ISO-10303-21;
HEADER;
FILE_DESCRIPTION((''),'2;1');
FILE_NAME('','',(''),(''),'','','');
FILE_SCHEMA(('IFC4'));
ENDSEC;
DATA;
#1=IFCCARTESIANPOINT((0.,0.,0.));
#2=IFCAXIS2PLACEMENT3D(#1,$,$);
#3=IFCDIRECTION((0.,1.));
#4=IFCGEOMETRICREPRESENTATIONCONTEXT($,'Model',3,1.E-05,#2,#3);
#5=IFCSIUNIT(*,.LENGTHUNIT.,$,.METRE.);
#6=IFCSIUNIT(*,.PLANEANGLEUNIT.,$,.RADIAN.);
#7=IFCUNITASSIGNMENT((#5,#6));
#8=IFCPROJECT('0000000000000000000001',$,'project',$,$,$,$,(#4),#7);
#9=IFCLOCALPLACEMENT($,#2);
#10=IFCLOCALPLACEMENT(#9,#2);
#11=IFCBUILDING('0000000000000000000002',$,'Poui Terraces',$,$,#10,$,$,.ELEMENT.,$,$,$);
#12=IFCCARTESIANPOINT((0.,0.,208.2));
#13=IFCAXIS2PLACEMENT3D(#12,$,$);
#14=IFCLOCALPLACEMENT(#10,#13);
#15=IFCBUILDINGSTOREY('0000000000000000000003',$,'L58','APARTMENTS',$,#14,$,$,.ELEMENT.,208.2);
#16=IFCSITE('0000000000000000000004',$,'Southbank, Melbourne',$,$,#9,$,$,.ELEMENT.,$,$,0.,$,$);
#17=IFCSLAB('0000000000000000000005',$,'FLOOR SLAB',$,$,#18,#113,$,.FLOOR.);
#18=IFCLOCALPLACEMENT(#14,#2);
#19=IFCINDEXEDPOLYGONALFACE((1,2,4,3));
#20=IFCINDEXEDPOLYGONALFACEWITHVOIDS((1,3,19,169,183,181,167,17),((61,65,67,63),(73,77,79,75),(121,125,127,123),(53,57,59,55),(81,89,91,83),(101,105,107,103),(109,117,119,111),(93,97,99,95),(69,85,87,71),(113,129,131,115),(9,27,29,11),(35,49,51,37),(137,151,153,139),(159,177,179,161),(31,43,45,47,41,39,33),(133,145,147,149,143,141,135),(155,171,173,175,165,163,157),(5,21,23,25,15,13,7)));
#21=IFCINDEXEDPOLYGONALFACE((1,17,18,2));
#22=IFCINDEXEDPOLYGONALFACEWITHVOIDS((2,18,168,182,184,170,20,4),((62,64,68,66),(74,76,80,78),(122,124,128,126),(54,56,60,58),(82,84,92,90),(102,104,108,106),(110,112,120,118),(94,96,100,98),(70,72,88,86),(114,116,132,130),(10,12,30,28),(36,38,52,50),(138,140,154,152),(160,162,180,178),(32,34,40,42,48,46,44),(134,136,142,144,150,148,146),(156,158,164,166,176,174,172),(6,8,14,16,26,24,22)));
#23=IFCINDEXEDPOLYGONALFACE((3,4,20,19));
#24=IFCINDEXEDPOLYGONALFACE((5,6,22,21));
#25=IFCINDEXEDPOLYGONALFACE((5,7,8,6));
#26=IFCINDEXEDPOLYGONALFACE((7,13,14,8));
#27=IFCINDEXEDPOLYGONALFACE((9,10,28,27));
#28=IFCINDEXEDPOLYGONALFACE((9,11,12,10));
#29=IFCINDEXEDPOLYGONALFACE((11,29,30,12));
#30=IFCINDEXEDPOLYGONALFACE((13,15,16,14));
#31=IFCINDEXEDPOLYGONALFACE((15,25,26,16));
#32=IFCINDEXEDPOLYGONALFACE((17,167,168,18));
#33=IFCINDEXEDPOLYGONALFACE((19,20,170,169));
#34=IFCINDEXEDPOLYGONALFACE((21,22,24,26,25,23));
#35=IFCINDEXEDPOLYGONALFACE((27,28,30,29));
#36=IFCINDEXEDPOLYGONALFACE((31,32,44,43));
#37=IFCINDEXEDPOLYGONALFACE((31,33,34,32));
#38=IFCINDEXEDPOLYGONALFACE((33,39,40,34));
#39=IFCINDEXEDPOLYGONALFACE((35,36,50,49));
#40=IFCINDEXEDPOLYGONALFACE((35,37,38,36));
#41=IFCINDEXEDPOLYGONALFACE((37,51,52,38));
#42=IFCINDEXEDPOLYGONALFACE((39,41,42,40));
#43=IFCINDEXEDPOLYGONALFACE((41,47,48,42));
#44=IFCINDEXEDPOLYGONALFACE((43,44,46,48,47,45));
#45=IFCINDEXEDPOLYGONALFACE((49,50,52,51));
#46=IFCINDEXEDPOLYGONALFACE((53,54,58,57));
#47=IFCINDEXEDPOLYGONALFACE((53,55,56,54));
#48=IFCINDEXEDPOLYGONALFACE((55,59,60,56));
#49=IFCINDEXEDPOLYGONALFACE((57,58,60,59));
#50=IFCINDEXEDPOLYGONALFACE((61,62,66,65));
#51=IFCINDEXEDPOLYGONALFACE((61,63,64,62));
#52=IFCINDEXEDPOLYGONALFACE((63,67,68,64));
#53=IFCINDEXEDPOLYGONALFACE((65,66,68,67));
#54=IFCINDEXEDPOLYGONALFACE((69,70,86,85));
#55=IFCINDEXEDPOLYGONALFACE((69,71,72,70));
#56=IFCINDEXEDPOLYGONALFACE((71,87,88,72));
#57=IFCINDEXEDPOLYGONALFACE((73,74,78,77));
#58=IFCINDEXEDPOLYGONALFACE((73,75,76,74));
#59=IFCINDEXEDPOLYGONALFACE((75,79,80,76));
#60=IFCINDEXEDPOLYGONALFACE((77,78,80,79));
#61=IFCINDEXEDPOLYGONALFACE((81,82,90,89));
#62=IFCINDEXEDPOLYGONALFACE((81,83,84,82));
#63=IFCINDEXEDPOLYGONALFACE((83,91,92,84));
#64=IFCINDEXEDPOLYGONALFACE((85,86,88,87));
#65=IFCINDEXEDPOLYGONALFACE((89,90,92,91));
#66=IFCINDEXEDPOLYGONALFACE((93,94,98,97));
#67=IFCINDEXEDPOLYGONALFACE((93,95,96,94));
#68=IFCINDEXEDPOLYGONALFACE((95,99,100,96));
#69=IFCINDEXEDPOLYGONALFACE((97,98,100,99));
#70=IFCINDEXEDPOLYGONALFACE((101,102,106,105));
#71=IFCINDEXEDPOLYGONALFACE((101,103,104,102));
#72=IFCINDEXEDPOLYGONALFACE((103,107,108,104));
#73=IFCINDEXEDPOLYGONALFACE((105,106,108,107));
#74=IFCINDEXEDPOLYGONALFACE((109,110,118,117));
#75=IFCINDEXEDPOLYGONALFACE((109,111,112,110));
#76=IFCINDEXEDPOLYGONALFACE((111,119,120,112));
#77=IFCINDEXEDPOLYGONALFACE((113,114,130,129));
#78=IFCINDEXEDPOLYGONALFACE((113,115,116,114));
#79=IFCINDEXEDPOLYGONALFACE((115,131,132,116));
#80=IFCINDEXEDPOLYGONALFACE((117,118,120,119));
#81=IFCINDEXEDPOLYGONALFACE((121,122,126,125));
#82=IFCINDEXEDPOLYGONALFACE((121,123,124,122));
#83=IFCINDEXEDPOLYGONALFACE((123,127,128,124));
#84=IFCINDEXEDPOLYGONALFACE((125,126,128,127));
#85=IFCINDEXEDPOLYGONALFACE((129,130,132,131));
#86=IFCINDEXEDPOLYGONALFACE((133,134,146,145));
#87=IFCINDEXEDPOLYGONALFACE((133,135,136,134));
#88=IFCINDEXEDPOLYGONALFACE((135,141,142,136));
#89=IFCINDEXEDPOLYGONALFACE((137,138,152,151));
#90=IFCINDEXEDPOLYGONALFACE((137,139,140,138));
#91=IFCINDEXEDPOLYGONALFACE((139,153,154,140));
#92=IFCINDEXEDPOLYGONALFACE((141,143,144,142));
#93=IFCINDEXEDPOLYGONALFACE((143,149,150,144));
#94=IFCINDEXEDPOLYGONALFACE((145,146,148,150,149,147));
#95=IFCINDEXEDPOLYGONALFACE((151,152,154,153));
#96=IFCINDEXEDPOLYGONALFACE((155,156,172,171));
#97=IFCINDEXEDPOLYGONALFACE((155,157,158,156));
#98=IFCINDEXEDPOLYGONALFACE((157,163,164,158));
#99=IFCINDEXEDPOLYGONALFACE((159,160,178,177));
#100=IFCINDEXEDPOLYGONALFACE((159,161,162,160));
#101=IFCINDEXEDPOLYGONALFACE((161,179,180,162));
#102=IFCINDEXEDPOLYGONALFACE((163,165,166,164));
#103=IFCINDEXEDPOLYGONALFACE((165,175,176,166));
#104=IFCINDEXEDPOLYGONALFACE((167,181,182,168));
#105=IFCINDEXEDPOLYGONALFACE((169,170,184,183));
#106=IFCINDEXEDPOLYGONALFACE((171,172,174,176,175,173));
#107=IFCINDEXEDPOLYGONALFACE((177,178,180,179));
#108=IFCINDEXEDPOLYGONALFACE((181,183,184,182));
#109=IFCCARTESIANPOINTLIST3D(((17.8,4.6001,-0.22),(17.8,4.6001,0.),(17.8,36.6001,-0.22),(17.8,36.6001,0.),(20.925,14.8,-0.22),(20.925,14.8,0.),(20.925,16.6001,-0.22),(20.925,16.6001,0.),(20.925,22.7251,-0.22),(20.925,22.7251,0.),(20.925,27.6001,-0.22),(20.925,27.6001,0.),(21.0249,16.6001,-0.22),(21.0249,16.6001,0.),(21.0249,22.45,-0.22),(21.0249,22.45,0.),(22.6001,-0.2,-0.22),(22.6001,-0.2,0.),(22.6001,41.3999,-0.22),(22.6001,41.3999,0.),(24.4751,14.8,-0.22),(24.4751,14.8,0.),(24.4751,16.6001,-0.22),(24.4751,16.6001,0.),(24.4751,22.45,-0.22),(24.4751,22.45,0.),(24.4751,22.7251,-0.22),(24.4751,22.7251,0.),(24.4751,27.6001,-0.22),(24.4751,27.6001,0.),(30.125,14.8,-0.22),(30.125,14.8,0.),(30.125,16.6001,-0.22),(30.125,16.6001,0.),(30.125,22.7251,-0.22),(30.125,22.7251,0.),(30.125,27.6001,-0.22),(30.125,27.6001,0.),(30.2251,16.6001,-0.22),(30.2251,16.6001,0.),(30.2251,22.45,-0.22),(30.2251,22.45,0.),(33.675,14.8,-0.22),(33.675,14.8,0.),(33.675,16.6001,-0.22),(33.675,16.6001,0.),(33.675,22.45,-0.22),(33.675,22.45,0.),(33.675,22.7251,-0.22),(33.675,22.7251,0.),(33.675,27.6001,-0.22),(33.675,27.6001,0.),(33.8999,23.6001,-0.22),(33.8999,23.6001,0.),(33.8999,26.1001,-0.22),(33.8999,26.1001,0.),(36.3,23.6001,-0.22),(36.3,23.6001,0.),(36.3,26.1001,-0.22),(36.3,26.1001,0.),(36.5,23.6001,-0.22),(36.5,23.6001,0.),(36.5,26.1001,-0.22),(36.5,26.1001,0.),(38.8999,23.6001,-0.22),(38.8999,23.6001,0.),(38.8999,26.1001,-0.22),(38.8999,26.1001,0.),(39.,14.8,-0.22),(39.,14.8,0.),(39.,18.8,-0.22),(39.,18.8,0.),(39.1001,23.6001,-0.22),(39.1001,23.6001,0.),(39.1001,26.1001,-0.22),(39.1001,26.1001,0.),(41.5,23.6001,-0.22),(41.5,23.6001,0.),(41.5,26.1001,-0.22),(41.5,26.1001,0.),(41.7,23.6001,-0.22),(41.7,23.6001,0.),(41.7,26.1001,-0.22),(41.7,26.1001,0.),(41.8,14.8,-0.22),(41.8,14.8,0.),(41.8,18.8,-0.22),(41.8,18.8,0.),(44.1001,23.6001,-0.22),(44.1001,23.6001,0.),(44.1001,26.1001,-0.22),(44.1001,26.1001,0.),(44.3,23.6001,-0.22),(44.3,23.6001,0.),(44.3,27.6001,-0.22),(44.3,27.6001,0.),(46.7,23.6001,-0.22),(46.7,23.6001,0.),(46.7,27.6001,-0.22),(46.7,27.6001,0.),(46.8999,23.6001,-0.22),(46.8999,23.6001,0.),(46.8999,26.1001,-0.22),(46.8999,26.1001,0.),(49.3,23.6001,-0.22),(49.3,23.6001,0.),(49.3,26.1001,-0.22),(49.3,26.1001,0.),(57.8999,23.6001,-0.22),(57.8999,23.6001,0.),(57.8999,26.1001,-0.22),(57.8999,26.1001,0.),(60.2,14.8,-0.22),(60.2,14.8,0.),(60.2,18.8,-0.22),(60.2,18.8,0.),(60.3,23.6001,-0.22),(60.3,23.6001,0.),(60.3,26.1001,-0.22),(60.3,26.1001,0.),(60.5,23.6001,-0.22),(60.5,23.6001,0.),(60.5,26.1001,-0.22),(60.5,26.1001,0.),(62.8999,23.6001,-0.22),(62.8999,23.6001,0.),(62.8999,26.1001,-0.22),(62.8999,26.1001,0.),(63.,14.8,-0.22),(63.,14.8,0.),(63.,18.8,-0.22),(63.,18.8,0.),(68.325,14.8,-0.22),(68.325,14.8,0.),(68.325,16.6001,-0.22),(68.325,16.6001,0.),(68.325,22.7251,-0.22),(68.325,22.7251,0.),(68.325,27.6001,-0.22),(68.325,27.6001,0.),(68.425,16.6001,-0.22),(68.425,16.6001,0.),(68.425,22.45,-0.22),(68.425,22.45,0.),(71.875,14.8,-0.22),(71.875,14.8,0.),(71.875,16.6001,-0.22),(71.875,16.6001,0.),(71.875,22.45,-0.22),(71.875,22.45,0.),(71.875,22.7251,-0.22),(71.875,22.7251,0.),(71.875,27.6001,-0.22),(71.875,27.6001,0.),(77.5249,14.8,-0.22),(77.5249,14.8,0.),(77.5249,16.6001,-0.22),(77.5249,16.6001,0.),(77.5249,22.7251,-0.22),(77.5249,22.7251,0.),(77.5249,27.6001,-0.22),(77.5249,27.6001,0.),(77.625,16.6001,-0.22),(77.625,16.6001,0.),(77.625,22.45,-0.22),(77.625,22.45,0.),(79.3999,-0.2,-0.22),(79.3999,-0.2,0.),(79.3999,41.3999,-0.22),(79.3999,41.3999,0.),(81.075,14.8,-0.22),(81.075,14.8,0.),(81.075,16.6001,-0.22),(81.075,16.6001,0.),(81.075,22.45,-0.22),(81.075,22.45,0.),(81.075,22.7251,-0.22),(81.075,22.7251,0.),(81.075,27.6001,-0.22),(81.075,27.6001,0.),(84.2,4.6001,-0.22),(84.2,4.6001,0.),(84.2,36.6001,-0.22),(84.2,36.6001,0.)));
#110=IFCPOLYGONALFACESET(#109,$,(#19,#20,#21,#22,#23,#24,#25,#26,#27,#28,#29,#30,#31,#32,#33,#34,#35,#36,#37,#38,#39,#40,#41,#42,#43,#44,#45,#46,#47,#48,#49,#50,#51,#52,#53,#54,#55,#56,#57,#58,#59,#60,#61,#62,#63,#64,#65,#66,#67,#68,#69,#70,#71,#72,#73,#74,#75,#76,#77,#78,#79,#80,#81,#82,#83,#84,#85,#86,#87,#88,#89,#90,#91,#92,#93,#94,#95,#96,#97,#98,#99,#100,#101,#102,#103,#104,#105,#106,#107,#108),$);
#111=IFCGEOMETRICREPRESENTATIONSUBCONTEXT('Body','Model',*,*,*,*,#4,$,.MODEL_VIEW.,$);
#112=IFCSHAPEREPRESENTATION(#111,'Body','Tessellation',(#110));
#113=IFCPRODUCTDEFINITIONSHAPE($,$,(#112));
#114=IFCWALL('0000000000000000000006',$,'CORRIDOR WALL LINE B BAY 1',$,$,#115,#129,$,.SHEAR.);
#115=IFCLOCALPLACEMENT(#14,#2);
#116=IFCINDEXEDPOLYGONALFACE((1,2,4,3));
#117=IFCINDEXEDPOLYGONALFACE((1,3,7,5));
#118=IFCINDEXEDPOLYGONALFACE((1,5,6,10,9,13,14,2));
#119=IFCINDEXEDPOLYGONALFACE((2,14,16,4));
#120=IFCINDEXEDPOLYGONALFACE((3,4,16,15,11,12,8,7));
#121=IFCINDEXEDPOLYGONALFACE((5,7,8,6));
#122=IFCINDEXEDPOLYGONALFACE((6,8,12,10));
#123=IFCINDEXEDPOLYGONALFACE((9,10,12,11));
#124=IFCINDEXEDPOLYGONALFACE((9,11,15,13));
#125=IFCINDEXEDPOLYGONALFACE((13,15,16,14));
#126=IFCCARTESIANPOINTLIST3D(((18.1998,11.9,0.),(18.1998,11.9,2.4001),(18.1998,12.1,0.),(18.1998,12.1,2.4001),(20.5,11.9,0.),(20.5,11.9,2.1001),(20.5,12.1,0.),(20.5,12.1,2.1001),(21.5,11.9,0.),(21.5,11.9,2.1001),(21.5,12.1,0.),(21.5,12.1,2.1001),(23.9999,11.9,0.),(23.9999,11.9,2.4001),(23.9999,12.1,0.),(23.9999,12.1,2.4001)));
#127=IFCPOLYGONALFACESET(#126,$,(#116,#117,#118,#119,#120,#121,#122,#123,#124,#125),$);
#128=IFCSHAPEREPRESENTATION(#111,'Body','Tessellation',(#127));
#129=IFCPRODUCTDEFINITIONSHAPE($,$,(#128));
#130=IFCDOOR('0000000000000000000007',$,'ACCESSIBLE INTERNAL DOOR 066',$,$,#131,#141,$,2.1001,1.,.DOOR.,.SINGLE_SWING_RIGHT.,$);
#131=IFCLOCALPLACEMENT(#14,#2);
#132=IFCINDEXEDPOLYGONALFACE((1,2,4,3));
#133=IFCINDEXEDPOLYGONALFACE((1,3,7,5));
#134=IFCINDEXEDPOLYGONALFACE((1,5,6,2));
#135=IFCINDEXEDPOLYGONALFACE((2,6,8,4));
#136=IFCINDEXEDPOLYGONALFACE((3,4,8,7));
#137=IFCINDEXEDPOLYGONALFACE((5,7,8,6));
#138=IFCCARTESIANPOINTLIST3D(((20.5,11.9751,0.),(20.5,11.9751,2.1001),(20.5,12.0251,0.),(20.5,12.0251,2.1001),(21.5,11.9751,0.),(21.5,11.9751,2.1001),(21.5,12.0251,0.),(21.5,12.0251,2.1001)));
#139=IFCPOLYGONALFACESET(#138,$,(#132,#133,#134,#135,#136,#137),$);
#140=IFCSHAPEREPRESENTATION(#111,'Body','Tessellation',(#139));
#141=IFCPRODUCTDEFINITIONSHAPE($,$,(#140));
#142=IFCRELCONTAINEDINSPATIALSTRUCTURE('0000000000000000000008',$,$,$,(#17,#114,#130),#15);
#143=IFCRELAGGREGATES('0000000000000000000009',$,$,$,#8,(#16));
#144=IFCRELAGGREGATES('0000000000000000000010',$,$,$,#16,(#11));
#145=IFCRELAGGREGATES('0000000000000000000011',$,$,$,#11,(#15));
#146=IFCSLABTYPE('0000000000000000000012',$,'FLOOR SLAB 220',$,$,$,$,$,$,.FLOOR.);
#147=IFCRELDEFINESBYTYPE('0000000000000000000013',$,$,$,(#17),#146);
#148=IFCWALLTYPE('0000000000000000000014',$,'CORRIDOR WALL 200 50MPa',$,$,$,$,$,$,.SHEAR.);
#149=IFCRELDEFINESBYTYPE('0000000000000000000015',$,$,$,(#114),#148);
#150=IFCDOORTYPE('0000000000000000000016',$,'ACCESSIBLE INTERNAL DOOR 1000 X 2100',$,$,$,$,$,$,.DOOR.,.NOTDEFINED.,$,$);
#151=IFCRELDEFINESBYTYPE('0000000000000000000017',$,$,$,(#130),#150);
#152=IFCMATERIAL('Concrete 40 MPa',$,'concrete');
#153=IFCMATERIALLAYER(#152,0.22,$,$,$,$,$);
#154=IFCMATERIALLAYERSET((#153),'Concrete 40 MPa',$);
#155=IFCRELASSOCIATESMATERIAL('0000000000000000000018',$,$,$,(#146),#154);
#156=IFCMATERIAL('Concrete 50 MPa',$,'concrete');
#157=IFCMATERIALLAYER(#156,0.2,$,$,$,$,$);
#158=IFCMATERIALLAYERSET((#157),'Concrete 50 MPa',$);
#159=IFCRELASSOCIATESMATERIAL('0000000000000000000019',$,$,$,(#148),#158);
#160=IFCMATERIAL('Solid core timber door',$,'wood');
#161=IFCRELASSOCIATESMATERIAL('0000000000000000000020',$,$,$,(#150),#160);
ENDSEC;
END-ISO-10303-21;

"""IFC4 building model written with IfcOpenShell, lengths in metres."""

from ifc_helpers import new_model, si_unit, direction, frame, frame_2d, origin, place, context, subcontext, project, spatial, polyline, rectangle, outline, extrude, source, transform, mapped, material, layer, layer_set, type_object, element, fill, save


model = new_model("IFC4")

# Units and contexts
model_context = context("Model", 3, precision=1e-05, world=origin(), true_north=direction((0.0, 1.0)))
body_context = subcontext(model_context, "Body", "Model", "MODEL_VIEW")
ifc_project = project(units=[si_unit("LENGTHUNIT", "METRE"), si_unit("PLANEANGLEUNIT", "RADIAN")], contexts=[model_context])

# Site, building, storey
site_placement = place(None, origin())
site = spatial("IfcSite", under=ifc_project, at=site_placement, Name="Southbank, Melbourne", CompositionType="ELEMENT", RefElevation=0.0)
building_placement = place(site_placement, origin())
building = spatial("IfcBuilding", under=site, at=building_placement, Name="Poui Terraces", CompositionType="ELEMENT")
storey_placement = place(building_placement, frame((0.0, 0.0, 208.2)))
storey = spatial("IfcBuildingStorey", under=building, at=storey_placement, Name="L58", Description="APARTMENTS", CompositionType="ELEMENT", Elevation=208.2)

# Shared definitions
ifc_material_1 = material(Name="Concrete 50 MPa", Category="concrete")

# Slab
ifc_material_2 = material(Name="Concrete 40 MPa", Category="concrete")
ifc_layer_1 = layer(ifc_material_2, 0.22)
ifc_layer_set_1 = layer_set([ifc_layer_1], Name="Concrete 40 MPa")
slab_type_1 = type_object("IfcSlabType", Name="FLOOR SLAB 220", PredefinedType="FLOOR", material=ifc_layer_set_1)
shared_shape_1 = source(origin(), body_context, "Body", "SweptSolid", [
    extrude(outline(polyline([(0.0, 0.0), (4.8, -4.8), (61.5999, -4.8), (66.3999, 0.0), (66.3999, 32.0), (61.5999, 36.7998), (4.8, 36.7998), (0.0, 32.0), (0.0, 0.0)]), holes=[polyline([(21.2, 10.2), (21.2, 14.2), (24.0, 14.2), (24.0, 10.2), (21.2, 10.2)]), polyline([(3.2249, 17.8499), (6.675, 17.8499), (6.675, 12.0), (6.675, 10.2), (3.125, 10.2), (3.125, 12.0), (3.2249, 12.0), (3.2249, 17.8499)]), polyline([(12.425, 17.8499), (15.875, 17.8499), (15.875, 12.0), (15.875, 10.2), (12.325, 10.2), (12.325, 12.0), (12.425, 12.0), (12.425, 17.8499)]), polyline([(16.0999, 19.0), (16.0999, 21.5), (18.5, 21.5), (18.5, 19.0), (16.0999, 19.0)]), polyline([(18.7, 19.0), (18.7, 21.5), (21.0999, 21.5), (21.0999, 19.0), (18.7, 19.0)]), polyline([(21.3, 19.0), (21.3, 21.5), (23.7, 21.5), (23.7, 19.0), (21.3, 19.0)]), polyline([(23.8999, 19.0), (23.8999, 21.5), (26.3, 21.5), (26.3, 19.0), (23.8999, 19.0)]), polyline([(3.125, 23.0), (6.675, 23.0), (6.675, 18.125), (3.125, 18.125), (3.125, 23.0)]), polyline([(12.325, 23.0), (15.875, 23.0), (15.875, 18.125), (12.325, 18.125), (12.325, 23.0)]), polyline([(42.3999, 10.2), (42.3999, 14.2), (45.2, 14.2), (45.2, 10.2), (42.3999, 10.2)]), polyline([(50.625, 17.8499), (54.075, 17.8499), (54.075, 12.0), (54.075, 10.2), (50.5249, 10.2), (50.5249, 12.0), (50.625, 12.0), (50.625, 17.8499)]), polyline([(59.825, 17.8499), (63.2749, 17.8499), (63.2749, 12.0), (63.2749, 10.2), (59.7249, 10.2), (59.7249, 12.0), (59.825, 12.0), (59.825, 17.8499)]), polyline([(29.0999, 19.0), (29.0999, 21.5), (31.5, 21.5), (31.5, 19.0), (29.0999, 19.0)]), polyline([(40.0999, 19.0), (40.0999, 21.5), (42.5, 21.5), (42.5, 19.0), (40.0999, 19.0)]), polyline([(42.7, 19.0), (42.7, 21.5), (45.0999, 21.5), (45.0999, 19.0), (42.7, 19.0)]), polyline([(50.5249, 18.125), (50.5249, 23.0), (54.075, 23.0), (54.075, 18.125), (50.5249, 18.125)]), polyline([(59.7249, 23.0), (63.2749, 23.0), (63.2749, 18.125), (59.7249, 18.125), (59.7249, 23.0)]), polyline([(26.5, 23.0), (28.8999, 23.0), (28.8999, 19.0), (26.5, 19.0), (26.5, 23.0)])]), origin(), (0.0, 0.0, 1.0), 0.22),
])
slab_1_placement = place(storey_placement, frame((17.8, 4.6001, -0.22)))
element("IfcSlab", 1, at=slab_1_placement, inside=storey, type_object=slab_type_1, Name="FLOOR SLAB", PredefinedType="FLOOR", context=body_context, shape_type="MappedRepresentation", body=[
    mapped(shared_shape_1, transform((0.0, 0.0, 0.0))),
])

# Wall, opening, door
ifc_layer_2 = layer(ifc_material_1, 0.2)
ifc_layer_set_2 = layer_set([ifc_layer_2], Name="Concrete 50 MPa")
wall_type_1 = type_object("IfcWallType", Name="CORRIDOR WALL 200 50MPa", PredefinedType="SHEAR", material=ifc_layer_set_2)
wall_1_placement = place(storey_placement, frame((18.2, 12.0, 0.0), z_axis=(0.0, 0.0, 1.0), x_axis=(1.0, 0.0, 0.0)))
wall_1 = element("IfcWall", 2, at=wall_1_placement, inside=storey, type_object=wall_type_1, Name="CORRIDOR WALL LINE B BAY 1", PredefinedType="SHEAR", context=body_context, shape_type="SweptSolid", body=[
    extrude(rectangle(XDim=5.8, YDim=0.2, at=frame_2d((2.8999, 0.0))), origin(), (0.0, 0.0, 1.0), 2.4001),
])
opening_1_placement = place(wall_1_placement, frame((2.3, 0.0, 0.0)))
opening_1 = element("IfcOpeningElement", 3, at=opening_1_placement, cuts=wall_1, PredefinedType="OPENING", context=body_context, shape_type="SweptSolid", body=[
    extrude(rectangle(XDim=1.0, YDim=2.1001, at=frame_2d((0.5, 1.05))), frame((0.0, 0.1099, 0.0), z_axis=(0.0, -1.0, 0.0), x_axis=(1.0, 0.0, 0.0)), (0.0, 0.0, 1.0), 0.22),
])
ifc_material_3 = material(Name="Solid core timber door", Category="wood")
door_type = type_object("IfcDoorType", Name="ACCESSIBLE INTERNAL DOOR 1000 X 2100", OperationType="NOTDEFINED", PredefinedType="DOOR", material=ifc_material_3)
door_placement = place(opening_1_placement, frame((1.0, 0.0, 0.0), z_axis=(0.0, 0.0, 1.0), x_axis=(-1.0, 0.0, 0.0)))
door = element("IfcDoor", 4, at=door_placement, inside=storey, type_object=door_type, Name="ACCESSIBLE INTERNAL DOOR 066", OperationType="SINGLE_SWING_RIGHT", OverallHeight=2.1001, OverallWidth=1.0, PredefinedType="DOOR", context=body_context, shape_type="SweptSolid", body=[
    extrude(rectangle(XDim=1.0, YDim=2.1001, at=frame_2d((0.5, 1.05))), frame((0.0, 0.0249, 0.0), z_axis=(0.0, -1.0, 0.0), x_axis=(1.0, 0.0, 0.0)), (0.0, 0.0, 1.0), 0.05),
])
fill(opening_1, door)

save(model, "model.ifc")
